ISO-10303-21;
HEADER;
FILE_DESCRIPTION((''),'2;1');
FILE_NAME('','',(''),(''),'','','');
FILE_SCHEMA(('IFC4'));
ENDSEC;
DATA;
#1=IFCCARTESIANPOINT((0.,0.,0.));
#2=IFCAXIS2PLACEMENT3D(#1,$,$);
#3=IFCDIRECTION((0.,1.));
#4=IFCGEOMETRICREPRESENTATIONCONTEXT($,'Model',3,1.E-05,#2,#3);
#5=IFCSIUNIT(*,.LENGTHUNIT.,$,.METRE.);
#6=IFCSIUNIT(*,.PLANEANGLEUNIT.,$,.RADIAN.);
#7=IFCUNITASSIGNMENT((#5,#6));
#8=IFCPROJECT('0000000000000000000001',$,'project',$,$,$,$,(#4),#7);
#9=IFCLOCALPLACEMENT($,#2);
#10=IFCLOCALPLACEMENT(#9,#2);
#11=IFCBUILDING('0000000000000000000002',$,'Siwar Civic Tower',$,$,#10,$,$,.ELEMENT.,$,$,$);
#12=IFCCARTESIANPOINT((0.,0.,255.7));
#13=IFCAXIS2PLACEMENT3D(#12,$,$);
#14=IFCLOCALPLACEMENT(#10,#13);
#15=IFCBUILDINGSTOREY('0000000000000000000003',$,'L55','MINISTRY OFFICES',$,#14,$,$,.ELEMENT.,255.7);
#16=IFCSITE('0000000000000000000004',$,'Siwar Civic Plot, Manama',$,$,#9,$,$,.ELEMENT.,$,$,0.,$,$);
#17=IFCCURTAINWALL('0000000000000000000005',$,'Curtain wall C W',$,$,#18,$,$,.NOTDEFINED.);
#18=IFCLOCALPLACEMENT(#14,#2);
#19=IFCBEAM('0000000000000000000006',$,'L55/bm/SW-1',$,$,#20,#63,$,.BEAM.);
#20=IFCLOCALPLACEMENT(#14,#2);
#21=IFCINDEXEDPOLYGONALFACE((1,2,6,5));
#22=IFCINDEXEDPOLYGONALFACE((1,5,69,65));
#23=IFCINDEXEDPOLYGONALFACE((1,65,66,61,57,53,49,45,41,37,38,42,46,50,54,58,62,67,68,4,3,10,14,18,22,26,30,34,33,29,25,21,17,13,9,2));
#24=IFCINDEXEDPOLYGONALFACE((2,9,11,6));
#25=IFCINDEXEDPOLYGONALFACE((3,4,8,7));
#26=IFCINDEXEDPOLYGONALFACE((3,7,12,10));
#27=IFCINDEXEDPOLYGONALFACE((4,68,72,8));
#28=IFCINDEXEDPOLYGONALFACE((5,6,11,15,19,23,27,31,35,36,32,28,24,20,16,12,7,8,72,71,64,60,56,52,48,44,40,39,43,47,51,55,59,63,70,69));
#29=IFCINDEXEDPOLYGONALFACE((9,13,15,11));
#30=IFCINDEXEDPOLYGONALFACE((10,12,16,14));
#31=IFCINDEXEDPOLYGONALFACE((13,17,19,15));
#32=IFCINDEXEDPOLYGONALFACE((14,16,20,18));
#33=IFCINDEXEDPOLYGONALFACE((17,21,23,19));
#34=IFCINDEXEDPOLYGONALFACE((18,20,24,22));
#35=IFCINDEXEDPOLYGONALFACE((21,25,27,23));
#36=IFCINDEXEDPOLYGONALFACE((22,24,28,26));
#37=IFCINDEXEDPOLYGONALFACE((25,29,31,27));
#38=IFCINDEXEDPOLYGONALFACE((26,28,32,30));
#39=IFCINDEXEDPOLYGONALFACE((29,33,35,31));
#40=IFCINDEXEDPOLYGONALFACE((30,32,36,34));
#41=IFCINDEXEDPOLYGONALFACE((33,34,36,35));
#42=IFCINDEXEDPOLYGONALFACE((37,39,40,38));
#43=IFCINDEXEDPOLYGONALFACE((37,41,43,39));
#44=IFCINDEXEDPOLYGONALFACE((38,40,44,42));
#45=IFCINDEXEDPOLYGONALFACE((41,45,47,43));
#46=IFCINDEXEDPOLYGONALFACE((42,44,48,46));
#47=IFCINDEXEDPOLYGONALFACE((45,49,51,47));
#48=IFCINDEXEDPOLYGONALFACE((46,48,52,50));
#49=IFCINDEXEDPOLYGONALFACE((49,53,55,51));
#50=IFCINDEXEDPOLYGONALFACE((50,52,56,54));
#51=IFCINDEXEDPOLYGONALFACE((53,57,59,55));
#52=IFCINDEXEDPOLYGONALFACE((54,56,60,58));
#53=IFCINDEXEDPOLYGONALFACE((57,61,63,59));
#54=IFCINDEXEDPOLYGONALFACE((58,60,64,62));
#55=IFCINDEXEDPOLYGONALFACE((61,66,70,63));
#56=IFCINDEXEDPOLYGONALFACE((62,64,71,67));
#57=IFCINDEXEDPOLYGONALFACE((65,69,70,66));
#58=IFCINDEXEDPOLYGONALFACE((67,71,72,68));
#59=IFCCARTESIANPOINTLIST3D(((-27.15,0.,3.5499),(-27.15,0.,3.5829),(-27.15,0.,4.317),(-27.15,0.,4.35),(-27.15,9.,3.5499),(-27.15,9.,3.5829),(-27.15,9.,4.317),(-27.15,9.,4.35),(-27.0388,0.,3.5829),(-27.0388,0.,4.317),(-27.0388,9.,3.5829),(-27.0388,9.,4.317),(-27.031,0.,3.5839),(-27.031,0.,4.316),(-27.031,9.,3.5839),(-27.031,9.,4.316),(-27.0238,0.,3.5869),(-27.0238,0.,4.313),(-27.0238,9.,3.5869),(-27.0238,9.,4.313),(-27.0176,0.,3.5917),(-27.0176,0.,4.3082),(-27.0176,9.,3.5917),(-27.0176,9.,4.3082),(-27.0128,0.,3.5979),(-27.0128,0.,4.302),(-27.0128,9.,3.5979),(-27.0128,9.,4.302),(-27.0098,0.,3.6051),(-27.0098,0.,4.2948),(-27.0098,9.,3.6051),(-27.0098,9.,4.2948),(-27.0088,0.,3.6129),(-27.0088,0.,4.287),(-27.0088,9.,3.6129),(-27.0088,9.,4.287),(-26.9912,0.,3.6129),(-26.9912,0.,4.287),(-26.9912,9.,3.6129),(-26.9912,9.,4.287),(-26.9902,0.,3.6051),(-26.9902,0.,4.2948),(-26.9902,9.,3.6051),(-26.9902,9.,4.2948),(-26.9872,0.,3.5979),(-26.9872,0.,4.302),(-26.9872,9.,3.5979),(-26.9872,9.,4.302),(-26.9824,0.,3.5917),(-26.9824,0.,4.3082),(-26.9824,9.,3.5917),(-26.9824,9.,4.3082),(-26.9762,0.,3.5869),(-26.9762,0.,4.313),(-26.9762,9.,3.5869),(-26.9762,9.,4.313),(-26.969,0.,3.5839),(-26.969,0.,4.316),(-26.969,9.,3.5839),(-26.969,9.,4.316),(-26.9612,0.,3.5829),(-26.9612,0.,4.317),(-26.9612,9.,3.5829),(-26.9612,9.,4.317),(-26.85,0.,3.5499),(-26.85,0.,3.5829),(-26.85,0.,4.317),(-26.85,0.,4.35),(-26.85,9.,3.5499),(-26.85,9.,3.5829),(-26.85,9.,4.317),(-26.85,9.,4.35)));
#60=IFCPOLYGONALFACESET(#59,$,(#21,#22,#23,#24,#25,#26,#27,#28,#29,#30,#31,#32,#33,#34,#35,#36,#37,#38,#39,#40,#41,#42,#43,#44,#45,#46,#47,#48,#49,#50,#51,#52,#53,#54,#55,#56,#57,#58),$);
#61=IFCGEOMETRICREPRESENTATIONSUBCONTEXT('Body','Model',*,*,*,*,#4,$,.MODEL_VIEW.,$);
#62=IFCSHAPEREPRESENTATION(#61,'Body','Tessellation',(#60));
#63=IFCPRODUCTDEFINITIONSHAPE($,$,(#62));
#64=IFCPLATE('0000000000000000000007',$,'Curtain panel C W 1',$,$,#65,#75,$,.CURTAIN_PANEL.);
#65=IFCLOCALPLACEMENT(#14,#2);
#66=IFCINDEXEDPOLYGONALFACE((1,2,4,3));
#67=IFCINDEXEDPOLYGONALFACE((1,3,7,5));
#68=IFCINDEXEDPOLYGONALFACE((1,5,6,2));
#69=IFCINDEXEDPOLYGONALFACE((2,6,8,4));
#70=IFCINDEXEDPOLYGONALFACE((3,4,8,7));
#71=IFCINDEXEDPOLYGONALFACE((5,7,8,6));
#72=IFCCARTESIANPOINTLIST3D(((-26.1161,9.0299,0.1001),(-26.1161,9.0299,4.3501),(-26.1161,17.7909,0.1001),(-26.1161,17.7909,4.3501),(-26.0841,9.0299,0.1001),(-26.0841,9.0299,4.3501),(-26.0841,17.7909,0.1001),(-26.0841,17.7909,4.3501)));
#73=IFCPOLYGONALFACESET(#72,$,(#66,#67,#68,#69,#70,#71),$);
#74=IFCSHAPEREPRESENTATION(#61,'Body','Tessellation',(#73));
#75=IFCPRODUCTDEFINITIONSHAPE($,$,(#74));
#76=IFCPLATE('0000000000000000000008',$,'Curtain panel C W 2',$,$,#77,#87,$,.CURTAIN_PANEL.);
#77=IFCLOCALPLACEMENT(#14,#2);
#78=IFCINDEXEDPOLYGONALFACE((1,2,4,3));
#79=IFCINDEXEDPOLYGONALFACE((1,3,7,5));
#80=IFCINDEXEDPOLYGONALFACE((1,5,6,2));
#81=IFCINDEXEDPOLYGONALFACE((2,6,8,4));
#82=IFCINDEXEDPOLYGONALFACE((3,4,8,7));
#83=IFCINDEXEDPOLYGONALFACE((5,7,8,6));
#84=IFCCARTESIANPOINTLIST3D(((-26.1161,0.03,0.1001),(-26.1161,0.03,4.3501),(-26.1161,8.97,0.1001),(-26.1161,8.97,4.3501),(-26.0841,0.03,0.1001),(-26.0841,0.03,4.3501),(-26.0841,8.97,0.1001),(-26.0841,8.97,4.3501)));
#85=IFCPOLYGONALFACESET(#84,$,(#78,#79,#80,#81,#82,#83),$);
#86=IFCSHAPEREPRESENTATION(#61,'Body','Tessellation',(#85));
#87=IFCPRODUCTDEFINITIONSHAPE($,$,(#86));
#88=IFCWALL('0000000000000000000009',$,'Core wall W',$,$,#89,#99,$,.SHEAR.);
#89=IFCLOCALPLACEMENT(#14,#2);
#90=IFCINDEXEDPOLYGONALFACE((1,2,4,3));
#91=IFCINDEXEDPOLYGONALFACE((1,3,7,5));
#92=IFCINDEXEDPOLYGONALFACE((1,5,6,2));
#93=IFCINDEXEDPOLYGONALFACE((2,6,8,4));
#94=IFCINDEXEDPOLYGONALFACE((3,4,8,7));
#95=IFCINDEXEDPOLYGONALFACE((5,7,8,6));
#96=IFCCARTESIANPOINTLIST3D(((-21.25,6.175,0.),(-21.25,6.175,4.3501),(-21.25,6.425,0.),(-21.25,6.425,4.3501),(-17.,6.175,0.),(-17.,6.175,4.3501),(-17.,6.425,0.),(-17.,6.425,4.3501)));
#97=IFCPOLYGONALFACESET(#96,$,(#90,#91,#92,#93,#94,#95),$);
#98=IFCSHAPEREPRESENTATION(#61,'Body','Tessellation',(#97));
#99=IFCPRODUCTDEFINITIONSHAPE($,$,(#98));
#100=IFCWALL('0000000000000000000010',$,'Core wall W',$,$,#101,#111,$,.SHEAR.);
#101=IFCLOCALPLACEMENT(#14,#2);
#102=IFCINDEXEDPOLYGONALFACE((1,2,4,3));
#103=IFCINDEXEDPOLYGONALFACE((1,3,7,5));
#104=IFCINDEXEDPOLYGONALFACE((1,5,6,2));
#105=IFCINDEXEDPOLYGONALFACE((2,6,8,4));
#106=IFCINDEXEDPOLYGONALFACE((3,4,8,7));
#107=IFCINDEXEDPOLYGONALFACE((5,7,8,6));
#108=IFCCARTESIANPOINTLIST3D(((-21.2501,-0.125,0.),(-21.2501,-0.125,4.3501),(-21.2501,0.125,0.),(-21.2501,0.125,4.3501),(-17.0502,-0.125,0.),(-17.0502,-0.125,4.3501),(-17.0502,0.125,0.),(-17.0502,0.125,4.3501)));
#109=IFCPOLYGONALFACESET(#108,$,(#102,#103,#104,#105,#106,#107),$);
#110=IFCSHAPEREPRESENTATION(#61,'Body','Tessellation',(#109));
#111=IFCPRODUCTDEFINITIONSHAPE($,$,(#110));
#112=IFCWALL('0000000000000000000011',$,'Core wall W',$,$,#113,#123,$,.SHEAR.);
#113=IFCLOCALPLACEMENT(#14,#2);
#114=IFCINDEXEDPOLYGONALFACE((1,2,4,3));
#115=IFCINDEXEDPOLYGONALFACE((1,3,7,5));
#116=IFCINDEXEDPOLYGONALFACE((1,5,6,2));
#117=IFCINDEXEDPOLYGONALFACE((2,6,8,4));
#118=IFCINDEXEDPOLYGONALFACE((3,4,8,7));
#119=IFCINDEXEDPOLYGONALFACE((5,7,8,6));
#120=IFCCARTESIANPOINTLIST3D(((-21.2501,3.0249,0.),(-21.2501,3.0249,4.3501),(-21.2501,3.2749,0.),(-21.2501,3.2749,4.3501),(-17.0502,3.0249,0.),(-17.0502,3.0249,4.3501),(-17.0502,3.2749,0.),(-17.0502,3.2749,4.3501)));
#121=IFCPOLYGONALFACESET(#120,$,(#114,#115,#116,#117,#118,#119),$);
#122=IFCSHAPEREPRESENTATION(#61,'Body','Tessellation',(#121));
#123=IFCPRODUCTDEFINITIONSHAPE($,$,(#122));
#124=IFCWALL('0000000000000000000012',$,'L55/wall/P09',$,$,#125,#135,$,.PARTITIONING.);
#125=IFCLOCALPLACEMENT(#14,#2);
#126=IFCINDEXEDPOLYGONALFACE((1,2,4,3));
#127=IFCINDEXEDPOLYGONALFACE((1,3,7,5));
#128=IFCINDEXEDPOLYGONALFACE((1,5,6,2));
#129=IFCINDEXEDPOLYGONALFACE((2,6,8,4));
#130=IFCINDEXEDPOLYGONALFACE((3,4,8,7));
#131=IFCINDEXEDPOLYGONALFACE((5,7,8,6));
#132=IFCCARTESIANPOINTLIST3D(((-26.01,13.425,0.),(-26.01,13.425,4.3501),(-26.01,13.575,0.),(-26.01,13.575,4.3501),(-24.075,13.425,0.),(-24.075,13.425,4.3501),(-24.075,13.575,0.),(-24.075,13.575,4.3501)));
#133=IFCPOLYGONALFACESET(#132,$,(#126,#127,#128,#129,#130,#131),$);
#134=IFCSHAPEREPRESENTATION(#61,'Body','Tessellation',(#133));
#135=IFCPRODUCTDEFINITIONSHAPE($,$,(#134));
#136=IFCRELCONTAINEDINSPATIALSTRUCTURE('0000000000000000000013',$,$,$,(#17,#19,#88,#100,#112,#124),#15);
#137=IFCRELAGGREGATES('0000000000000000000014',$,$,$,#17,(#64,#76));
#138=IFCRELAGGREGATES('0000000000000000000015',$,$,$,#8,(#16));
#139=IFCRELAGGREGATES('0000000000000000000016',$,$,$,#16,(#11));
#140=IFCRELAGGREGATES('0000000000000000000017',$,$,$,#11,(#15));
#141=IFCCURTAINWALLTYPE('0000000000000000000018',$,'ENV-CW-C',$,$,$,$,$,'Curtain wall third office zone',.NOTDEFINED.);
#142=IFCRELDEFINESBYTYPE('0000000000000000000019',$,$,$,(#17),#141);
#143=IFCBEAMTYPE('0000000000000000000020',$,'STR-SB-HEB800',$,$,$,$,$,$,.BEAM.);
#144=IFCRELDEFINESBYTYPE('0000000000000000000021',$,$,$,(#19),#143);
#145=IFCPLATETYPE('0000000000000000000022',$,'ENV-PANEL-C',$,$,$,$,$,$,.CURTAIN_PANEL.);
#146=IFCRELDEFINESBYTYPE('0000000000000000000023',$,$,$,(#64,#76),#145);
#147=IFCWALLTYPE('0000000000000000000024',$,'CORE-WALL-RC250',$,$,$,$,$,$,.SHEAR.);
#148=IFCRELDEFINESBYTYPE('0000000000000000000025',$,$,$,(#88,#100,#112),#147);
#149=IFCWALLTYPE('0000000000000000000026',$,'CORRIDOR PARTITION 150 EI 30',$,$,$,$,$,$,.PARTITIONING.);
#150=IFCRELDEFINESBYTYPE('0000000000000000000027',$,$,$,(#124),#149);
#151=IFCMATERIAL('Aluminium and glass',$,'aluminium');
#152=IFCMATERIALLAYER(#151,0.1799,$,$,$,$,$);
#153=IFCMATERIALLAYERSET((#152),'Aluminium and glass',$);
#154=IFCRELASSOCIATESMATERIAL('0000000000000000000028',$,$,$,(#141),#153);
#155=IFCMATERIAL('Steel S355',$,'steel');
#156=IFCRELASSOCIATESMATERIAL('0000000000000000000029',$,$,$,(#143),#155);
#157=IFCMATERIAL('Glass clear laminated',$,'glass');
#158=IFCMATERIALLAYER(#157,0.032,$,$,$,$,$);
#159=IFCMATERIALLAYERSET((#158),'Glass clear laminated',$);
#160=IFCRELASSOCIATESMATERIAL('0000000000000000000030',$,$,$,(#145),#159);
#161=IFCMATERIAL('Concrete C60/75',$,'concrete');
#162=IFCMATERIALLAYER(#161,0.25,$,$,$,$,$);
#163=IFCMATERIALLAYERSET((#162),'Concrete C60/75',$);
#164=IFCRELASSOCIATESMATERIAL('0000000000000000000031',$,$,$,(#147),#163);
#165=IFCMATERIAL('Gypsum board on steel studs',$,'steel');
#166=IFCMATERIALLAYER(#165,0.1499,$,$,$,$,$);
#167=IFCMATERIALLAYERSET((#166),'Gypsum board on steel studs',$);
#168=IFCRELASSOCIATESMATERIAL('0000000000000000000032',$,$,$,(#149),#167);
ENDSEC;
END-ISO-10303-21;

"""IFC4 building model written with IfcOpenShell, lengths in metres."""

from ifc_helpers import new_model, si_unit, direction, frame, frame_2d, origin, origin_2d, place, context, subcontext, project, spatial, rectangle, i_section, extrude, material, layer, layer_set, material_profile, profile_set, type_object, element, aggregate, save


model = new_model("IFC4")

# Units and contexts
model_context = context("Model", 3, precision=1e-05, world=origin(), true_north=direction((0.0, 1.0)))
body_context = subcontext(model_context, "Body", "Model", "MODEL_VIEW")
ifc_project = project(units=[si_unit("LENGTHUNIT", "METRE"), si_unit("PLANEANGLEUNIT", "RADIAN")], contexts=[model_context])

# Site, building, storey
site_placement = place(None, origin())
site = spatial("IfcSite", under=ifc_project, at=site_placement, Name="Siwar Civic Plot, Manama", CompositionType="ELEMENT", RefElevation=0.0)
building_placement = place(site_placement, origin())
building = spatial("IfcBuilding", under=site, at=building_placement, Name="Siwar Civic Tower", CompositionType="ELEMENT")
storey_placement = place(building_placement, frame((0.0, 0.0, 255.7)))
storey = spatial("IfcBuildingStorey", under=building, at=storey_placement, Name="L55", Description="MINISTRY OFFICES", CompositionType="ELEMENT", Elevation=255.7)

# Curtain wall
ifc_material_1 = material(Name="Aluminium and glass", Category="aluminium")
ifc_layer_1 = layer(ifc_material_1, 0.1799)
ifc_layer_set_1 = layer_set([ifc_layer_1], Name="Aluminium and glass")
curtain_wall_type = type_object("IfcCurtainWallType", Name="ENV-CW-C", ElementType="Curtain wall third office zone", PredefinedType="NOTDEFINED", material=ifc_layer_set_1)
curtain_wall_placement = place(storey_placement, origin())
curtain_wall = element("IfcCurtainWall", 1, at=curtain_wall_placement, inside=storey, type_object=curtain_wall_type, Name="Curtain wall C W", PredefinedType="NOTDEFINED")

# Beam
ifc_material_2 = material(Name="Steel S355", Category="steel")
ifc_material_profile_1 = material_profile(ifc_material_2, i_section(OverallWidth=0.3, OverallDepth=0.8, WebThickness=0.0176, FlangeThickness=0.033, FilletRadius=0.03, at=origin_2d()), Name="HEB800")
ifc_profile_set_1 = profile_set([ifc_material_profile_1], Name="Steel S355")
beam_type_1 = type_object("IfcBeamType", Name="STR-SB-HEB800", PredefinedType="BEAM", material=ifc_profile_set_1)
for number, where, z_axis, x_axis, name in (
    (2, (-27.0, 9.0, 3.95), (0.0, -1.0, 0.0), (1.0, 0.0, 0.0), "L55/bm/SW-1"),
):
    element("IfcBeam", number, at=place(storey_placement, frame(where, z_axis=z_axis, x_axis=x_axis)), inside=storey, type_object=beam_type_1, Name=name, PredefinedType="BEAM", context=body_context, shape_type="SweptSolid", body=[
        extrude(i_section(OverallWidth=0.3, OverallDepth=0.8, WebThickness=0.0176, FlangeThickness=0.033, FilletRadius=0.03, at=origin_2d()), origin(), (0.0, 0.0, 1.0), 9.0),
    ])

# Plates
ifc_material_3 = material(Name="Glass clear laminated", Category="glass")
ifc_layer_2 = layer(ifc_material_3, 0.032)
ifc_layer_set_2 = layer_set([ifc_layer_2], Name="Glass clear laminated")
plate_type = type_object("IfcPlateType", Name="ENV-PANEL-C", PredefinedType="CURTAIN_PANEL", material=ifc_layer_set_2)
plate_1_placement = place(storey_placement, frame((-26.1001, 13.4104, 0.1001), z_axis=(0.0, 0.0, 1.0), x_axis=(0.0, -1.0, 0.0)))
plate_1 = element("IfcPlate", 3, at=plate_1_placement, type_object=plate_type, Name="Curtain panel C W 1", PredefinedType="CURTAIN_PANEL", context=body_context, shape_type="SweptSolid", body=[
    extrude(rectangle(XDim=8.761, YDim=0.032, at=origin_2d()), origin(), (0.0, 0.0, 1.0), 4.25),
])
plate_2_placement = place(storey_placement, frame((-26.1001, 4.5, 0.1001), z_axis=(0.0, 0.0, 1.0), x_axis=(0.0, -1.0, 0.0)))
plate_2 = element("IfcPlate", 4, at=plate_2_placement, type_object=plate_type, Name="Curtain panel C W 2", PredefinedType="CURTAIN_PANEL", context=body_context, shape_type="SweptSolid", body=[
    extrude(rectangle(XDim=8.9399, YDim=0.032, at=origin_2d()), origin(), (0.0, 0.0, 1.0), 4.25),
])
aggregate(curtain_wall, [plate_1, plate_2])

# Walls
ifc_material_4 = material(Name="Concrete C60/75", Category="concrete")
ifc_layer_3 = layer(ifc_material_4, 0.25)
ifc_layer_set_3 = layer_set([ifc_layer_3], Name="Concrete C60/75")
wall_type_1 = type_object("IfcWallType", Name="CORE-WALL-RC250", PredefinedType="SHEAR", material=ifc_layer_set_3)
wall_1_placement = place(storey_placement, frame((-17.0, 6.3, 0.0), z_axis=(0.0, 0.0, 1.0), x_axis=(-1.0, 0.0, 0.0)))
element("IfcWall", 5, at=wall_1_placement, inside=storey, type_object=wall_type_1, Name="Core wall W", PredefinedType="SHEAR", context=body_context, shape_type="SweptSolid", body=[
    extrude(rectangle(XDim=4.25, YDim=0.25, at=frame_2d((2.125, 0.0))), origin(), (0.0, 0.0, 1.0), 4.3501),
])
for number, where, z_axis, x_axis, name in (
    (6, (-17.05, 0.0, 0.0), (0.0, 0.0, 1.0), (-1.0, 0.0, 0.0), "Core wall W"),
    (7, (-17.05, 3.1499, 0.0), (0.0, 0.0, 1.0), (-1.0, 0.0, 0.0), "Core wall W"),
):
    element("IfcWall", number, at=place(storey_placement, frame(where, z_axis=z_axis, x_axis=x_axis)), inside=storey, type_object=wall_type_1, Name=name, PredefinedType="SHEAR", context=body_context, shape_type="SweptSolid", body=[
        extrude(rectangle(XDim=4.2, YDim=0.25, at=frame_2d((2.1001, 0.0))), origin(), (0.0, 0.0, 1.0), 4.3501),
    ])
ifc_material_5 = material(Name="Gypsum board on steel studs", Category="steel")
ifc_layer_4 = layer(ifc_material_5, 0.1499)
ifc_layer_set_4 = layer_set([ifc_layer_4], Name="Gypsum board on steel studs")
wall_type_2 = type_object("IfcWallType", Name="CORRIDOR PARTITION 150 EI 30", PredefinedType="PARTITIONING", material=ifc_layer_set_4)
wall_2_placement = place(storey_placement, frame((-26.01, 13.5, 0.0), z_axis=(0.0, 0.0, 1.0), x_axis=(1.0, 0.0, 0.0)))
element("IfcWall", 8, at=wall_2_placement, inside=storey, type_object=wall_type_2, Name="L55/wall/P09", PredefinedType="PARTITIONING", context=body_context, shape_type="SweptSolid", body=[
    extrude(rectangle(XDim=1.9351, YDim=0.1499, at=frame_2d((0.9675, 0.0))), origin(), (0.0, 0.0, 1.0), 4.3501),
])

save(model, "model.ifc")
